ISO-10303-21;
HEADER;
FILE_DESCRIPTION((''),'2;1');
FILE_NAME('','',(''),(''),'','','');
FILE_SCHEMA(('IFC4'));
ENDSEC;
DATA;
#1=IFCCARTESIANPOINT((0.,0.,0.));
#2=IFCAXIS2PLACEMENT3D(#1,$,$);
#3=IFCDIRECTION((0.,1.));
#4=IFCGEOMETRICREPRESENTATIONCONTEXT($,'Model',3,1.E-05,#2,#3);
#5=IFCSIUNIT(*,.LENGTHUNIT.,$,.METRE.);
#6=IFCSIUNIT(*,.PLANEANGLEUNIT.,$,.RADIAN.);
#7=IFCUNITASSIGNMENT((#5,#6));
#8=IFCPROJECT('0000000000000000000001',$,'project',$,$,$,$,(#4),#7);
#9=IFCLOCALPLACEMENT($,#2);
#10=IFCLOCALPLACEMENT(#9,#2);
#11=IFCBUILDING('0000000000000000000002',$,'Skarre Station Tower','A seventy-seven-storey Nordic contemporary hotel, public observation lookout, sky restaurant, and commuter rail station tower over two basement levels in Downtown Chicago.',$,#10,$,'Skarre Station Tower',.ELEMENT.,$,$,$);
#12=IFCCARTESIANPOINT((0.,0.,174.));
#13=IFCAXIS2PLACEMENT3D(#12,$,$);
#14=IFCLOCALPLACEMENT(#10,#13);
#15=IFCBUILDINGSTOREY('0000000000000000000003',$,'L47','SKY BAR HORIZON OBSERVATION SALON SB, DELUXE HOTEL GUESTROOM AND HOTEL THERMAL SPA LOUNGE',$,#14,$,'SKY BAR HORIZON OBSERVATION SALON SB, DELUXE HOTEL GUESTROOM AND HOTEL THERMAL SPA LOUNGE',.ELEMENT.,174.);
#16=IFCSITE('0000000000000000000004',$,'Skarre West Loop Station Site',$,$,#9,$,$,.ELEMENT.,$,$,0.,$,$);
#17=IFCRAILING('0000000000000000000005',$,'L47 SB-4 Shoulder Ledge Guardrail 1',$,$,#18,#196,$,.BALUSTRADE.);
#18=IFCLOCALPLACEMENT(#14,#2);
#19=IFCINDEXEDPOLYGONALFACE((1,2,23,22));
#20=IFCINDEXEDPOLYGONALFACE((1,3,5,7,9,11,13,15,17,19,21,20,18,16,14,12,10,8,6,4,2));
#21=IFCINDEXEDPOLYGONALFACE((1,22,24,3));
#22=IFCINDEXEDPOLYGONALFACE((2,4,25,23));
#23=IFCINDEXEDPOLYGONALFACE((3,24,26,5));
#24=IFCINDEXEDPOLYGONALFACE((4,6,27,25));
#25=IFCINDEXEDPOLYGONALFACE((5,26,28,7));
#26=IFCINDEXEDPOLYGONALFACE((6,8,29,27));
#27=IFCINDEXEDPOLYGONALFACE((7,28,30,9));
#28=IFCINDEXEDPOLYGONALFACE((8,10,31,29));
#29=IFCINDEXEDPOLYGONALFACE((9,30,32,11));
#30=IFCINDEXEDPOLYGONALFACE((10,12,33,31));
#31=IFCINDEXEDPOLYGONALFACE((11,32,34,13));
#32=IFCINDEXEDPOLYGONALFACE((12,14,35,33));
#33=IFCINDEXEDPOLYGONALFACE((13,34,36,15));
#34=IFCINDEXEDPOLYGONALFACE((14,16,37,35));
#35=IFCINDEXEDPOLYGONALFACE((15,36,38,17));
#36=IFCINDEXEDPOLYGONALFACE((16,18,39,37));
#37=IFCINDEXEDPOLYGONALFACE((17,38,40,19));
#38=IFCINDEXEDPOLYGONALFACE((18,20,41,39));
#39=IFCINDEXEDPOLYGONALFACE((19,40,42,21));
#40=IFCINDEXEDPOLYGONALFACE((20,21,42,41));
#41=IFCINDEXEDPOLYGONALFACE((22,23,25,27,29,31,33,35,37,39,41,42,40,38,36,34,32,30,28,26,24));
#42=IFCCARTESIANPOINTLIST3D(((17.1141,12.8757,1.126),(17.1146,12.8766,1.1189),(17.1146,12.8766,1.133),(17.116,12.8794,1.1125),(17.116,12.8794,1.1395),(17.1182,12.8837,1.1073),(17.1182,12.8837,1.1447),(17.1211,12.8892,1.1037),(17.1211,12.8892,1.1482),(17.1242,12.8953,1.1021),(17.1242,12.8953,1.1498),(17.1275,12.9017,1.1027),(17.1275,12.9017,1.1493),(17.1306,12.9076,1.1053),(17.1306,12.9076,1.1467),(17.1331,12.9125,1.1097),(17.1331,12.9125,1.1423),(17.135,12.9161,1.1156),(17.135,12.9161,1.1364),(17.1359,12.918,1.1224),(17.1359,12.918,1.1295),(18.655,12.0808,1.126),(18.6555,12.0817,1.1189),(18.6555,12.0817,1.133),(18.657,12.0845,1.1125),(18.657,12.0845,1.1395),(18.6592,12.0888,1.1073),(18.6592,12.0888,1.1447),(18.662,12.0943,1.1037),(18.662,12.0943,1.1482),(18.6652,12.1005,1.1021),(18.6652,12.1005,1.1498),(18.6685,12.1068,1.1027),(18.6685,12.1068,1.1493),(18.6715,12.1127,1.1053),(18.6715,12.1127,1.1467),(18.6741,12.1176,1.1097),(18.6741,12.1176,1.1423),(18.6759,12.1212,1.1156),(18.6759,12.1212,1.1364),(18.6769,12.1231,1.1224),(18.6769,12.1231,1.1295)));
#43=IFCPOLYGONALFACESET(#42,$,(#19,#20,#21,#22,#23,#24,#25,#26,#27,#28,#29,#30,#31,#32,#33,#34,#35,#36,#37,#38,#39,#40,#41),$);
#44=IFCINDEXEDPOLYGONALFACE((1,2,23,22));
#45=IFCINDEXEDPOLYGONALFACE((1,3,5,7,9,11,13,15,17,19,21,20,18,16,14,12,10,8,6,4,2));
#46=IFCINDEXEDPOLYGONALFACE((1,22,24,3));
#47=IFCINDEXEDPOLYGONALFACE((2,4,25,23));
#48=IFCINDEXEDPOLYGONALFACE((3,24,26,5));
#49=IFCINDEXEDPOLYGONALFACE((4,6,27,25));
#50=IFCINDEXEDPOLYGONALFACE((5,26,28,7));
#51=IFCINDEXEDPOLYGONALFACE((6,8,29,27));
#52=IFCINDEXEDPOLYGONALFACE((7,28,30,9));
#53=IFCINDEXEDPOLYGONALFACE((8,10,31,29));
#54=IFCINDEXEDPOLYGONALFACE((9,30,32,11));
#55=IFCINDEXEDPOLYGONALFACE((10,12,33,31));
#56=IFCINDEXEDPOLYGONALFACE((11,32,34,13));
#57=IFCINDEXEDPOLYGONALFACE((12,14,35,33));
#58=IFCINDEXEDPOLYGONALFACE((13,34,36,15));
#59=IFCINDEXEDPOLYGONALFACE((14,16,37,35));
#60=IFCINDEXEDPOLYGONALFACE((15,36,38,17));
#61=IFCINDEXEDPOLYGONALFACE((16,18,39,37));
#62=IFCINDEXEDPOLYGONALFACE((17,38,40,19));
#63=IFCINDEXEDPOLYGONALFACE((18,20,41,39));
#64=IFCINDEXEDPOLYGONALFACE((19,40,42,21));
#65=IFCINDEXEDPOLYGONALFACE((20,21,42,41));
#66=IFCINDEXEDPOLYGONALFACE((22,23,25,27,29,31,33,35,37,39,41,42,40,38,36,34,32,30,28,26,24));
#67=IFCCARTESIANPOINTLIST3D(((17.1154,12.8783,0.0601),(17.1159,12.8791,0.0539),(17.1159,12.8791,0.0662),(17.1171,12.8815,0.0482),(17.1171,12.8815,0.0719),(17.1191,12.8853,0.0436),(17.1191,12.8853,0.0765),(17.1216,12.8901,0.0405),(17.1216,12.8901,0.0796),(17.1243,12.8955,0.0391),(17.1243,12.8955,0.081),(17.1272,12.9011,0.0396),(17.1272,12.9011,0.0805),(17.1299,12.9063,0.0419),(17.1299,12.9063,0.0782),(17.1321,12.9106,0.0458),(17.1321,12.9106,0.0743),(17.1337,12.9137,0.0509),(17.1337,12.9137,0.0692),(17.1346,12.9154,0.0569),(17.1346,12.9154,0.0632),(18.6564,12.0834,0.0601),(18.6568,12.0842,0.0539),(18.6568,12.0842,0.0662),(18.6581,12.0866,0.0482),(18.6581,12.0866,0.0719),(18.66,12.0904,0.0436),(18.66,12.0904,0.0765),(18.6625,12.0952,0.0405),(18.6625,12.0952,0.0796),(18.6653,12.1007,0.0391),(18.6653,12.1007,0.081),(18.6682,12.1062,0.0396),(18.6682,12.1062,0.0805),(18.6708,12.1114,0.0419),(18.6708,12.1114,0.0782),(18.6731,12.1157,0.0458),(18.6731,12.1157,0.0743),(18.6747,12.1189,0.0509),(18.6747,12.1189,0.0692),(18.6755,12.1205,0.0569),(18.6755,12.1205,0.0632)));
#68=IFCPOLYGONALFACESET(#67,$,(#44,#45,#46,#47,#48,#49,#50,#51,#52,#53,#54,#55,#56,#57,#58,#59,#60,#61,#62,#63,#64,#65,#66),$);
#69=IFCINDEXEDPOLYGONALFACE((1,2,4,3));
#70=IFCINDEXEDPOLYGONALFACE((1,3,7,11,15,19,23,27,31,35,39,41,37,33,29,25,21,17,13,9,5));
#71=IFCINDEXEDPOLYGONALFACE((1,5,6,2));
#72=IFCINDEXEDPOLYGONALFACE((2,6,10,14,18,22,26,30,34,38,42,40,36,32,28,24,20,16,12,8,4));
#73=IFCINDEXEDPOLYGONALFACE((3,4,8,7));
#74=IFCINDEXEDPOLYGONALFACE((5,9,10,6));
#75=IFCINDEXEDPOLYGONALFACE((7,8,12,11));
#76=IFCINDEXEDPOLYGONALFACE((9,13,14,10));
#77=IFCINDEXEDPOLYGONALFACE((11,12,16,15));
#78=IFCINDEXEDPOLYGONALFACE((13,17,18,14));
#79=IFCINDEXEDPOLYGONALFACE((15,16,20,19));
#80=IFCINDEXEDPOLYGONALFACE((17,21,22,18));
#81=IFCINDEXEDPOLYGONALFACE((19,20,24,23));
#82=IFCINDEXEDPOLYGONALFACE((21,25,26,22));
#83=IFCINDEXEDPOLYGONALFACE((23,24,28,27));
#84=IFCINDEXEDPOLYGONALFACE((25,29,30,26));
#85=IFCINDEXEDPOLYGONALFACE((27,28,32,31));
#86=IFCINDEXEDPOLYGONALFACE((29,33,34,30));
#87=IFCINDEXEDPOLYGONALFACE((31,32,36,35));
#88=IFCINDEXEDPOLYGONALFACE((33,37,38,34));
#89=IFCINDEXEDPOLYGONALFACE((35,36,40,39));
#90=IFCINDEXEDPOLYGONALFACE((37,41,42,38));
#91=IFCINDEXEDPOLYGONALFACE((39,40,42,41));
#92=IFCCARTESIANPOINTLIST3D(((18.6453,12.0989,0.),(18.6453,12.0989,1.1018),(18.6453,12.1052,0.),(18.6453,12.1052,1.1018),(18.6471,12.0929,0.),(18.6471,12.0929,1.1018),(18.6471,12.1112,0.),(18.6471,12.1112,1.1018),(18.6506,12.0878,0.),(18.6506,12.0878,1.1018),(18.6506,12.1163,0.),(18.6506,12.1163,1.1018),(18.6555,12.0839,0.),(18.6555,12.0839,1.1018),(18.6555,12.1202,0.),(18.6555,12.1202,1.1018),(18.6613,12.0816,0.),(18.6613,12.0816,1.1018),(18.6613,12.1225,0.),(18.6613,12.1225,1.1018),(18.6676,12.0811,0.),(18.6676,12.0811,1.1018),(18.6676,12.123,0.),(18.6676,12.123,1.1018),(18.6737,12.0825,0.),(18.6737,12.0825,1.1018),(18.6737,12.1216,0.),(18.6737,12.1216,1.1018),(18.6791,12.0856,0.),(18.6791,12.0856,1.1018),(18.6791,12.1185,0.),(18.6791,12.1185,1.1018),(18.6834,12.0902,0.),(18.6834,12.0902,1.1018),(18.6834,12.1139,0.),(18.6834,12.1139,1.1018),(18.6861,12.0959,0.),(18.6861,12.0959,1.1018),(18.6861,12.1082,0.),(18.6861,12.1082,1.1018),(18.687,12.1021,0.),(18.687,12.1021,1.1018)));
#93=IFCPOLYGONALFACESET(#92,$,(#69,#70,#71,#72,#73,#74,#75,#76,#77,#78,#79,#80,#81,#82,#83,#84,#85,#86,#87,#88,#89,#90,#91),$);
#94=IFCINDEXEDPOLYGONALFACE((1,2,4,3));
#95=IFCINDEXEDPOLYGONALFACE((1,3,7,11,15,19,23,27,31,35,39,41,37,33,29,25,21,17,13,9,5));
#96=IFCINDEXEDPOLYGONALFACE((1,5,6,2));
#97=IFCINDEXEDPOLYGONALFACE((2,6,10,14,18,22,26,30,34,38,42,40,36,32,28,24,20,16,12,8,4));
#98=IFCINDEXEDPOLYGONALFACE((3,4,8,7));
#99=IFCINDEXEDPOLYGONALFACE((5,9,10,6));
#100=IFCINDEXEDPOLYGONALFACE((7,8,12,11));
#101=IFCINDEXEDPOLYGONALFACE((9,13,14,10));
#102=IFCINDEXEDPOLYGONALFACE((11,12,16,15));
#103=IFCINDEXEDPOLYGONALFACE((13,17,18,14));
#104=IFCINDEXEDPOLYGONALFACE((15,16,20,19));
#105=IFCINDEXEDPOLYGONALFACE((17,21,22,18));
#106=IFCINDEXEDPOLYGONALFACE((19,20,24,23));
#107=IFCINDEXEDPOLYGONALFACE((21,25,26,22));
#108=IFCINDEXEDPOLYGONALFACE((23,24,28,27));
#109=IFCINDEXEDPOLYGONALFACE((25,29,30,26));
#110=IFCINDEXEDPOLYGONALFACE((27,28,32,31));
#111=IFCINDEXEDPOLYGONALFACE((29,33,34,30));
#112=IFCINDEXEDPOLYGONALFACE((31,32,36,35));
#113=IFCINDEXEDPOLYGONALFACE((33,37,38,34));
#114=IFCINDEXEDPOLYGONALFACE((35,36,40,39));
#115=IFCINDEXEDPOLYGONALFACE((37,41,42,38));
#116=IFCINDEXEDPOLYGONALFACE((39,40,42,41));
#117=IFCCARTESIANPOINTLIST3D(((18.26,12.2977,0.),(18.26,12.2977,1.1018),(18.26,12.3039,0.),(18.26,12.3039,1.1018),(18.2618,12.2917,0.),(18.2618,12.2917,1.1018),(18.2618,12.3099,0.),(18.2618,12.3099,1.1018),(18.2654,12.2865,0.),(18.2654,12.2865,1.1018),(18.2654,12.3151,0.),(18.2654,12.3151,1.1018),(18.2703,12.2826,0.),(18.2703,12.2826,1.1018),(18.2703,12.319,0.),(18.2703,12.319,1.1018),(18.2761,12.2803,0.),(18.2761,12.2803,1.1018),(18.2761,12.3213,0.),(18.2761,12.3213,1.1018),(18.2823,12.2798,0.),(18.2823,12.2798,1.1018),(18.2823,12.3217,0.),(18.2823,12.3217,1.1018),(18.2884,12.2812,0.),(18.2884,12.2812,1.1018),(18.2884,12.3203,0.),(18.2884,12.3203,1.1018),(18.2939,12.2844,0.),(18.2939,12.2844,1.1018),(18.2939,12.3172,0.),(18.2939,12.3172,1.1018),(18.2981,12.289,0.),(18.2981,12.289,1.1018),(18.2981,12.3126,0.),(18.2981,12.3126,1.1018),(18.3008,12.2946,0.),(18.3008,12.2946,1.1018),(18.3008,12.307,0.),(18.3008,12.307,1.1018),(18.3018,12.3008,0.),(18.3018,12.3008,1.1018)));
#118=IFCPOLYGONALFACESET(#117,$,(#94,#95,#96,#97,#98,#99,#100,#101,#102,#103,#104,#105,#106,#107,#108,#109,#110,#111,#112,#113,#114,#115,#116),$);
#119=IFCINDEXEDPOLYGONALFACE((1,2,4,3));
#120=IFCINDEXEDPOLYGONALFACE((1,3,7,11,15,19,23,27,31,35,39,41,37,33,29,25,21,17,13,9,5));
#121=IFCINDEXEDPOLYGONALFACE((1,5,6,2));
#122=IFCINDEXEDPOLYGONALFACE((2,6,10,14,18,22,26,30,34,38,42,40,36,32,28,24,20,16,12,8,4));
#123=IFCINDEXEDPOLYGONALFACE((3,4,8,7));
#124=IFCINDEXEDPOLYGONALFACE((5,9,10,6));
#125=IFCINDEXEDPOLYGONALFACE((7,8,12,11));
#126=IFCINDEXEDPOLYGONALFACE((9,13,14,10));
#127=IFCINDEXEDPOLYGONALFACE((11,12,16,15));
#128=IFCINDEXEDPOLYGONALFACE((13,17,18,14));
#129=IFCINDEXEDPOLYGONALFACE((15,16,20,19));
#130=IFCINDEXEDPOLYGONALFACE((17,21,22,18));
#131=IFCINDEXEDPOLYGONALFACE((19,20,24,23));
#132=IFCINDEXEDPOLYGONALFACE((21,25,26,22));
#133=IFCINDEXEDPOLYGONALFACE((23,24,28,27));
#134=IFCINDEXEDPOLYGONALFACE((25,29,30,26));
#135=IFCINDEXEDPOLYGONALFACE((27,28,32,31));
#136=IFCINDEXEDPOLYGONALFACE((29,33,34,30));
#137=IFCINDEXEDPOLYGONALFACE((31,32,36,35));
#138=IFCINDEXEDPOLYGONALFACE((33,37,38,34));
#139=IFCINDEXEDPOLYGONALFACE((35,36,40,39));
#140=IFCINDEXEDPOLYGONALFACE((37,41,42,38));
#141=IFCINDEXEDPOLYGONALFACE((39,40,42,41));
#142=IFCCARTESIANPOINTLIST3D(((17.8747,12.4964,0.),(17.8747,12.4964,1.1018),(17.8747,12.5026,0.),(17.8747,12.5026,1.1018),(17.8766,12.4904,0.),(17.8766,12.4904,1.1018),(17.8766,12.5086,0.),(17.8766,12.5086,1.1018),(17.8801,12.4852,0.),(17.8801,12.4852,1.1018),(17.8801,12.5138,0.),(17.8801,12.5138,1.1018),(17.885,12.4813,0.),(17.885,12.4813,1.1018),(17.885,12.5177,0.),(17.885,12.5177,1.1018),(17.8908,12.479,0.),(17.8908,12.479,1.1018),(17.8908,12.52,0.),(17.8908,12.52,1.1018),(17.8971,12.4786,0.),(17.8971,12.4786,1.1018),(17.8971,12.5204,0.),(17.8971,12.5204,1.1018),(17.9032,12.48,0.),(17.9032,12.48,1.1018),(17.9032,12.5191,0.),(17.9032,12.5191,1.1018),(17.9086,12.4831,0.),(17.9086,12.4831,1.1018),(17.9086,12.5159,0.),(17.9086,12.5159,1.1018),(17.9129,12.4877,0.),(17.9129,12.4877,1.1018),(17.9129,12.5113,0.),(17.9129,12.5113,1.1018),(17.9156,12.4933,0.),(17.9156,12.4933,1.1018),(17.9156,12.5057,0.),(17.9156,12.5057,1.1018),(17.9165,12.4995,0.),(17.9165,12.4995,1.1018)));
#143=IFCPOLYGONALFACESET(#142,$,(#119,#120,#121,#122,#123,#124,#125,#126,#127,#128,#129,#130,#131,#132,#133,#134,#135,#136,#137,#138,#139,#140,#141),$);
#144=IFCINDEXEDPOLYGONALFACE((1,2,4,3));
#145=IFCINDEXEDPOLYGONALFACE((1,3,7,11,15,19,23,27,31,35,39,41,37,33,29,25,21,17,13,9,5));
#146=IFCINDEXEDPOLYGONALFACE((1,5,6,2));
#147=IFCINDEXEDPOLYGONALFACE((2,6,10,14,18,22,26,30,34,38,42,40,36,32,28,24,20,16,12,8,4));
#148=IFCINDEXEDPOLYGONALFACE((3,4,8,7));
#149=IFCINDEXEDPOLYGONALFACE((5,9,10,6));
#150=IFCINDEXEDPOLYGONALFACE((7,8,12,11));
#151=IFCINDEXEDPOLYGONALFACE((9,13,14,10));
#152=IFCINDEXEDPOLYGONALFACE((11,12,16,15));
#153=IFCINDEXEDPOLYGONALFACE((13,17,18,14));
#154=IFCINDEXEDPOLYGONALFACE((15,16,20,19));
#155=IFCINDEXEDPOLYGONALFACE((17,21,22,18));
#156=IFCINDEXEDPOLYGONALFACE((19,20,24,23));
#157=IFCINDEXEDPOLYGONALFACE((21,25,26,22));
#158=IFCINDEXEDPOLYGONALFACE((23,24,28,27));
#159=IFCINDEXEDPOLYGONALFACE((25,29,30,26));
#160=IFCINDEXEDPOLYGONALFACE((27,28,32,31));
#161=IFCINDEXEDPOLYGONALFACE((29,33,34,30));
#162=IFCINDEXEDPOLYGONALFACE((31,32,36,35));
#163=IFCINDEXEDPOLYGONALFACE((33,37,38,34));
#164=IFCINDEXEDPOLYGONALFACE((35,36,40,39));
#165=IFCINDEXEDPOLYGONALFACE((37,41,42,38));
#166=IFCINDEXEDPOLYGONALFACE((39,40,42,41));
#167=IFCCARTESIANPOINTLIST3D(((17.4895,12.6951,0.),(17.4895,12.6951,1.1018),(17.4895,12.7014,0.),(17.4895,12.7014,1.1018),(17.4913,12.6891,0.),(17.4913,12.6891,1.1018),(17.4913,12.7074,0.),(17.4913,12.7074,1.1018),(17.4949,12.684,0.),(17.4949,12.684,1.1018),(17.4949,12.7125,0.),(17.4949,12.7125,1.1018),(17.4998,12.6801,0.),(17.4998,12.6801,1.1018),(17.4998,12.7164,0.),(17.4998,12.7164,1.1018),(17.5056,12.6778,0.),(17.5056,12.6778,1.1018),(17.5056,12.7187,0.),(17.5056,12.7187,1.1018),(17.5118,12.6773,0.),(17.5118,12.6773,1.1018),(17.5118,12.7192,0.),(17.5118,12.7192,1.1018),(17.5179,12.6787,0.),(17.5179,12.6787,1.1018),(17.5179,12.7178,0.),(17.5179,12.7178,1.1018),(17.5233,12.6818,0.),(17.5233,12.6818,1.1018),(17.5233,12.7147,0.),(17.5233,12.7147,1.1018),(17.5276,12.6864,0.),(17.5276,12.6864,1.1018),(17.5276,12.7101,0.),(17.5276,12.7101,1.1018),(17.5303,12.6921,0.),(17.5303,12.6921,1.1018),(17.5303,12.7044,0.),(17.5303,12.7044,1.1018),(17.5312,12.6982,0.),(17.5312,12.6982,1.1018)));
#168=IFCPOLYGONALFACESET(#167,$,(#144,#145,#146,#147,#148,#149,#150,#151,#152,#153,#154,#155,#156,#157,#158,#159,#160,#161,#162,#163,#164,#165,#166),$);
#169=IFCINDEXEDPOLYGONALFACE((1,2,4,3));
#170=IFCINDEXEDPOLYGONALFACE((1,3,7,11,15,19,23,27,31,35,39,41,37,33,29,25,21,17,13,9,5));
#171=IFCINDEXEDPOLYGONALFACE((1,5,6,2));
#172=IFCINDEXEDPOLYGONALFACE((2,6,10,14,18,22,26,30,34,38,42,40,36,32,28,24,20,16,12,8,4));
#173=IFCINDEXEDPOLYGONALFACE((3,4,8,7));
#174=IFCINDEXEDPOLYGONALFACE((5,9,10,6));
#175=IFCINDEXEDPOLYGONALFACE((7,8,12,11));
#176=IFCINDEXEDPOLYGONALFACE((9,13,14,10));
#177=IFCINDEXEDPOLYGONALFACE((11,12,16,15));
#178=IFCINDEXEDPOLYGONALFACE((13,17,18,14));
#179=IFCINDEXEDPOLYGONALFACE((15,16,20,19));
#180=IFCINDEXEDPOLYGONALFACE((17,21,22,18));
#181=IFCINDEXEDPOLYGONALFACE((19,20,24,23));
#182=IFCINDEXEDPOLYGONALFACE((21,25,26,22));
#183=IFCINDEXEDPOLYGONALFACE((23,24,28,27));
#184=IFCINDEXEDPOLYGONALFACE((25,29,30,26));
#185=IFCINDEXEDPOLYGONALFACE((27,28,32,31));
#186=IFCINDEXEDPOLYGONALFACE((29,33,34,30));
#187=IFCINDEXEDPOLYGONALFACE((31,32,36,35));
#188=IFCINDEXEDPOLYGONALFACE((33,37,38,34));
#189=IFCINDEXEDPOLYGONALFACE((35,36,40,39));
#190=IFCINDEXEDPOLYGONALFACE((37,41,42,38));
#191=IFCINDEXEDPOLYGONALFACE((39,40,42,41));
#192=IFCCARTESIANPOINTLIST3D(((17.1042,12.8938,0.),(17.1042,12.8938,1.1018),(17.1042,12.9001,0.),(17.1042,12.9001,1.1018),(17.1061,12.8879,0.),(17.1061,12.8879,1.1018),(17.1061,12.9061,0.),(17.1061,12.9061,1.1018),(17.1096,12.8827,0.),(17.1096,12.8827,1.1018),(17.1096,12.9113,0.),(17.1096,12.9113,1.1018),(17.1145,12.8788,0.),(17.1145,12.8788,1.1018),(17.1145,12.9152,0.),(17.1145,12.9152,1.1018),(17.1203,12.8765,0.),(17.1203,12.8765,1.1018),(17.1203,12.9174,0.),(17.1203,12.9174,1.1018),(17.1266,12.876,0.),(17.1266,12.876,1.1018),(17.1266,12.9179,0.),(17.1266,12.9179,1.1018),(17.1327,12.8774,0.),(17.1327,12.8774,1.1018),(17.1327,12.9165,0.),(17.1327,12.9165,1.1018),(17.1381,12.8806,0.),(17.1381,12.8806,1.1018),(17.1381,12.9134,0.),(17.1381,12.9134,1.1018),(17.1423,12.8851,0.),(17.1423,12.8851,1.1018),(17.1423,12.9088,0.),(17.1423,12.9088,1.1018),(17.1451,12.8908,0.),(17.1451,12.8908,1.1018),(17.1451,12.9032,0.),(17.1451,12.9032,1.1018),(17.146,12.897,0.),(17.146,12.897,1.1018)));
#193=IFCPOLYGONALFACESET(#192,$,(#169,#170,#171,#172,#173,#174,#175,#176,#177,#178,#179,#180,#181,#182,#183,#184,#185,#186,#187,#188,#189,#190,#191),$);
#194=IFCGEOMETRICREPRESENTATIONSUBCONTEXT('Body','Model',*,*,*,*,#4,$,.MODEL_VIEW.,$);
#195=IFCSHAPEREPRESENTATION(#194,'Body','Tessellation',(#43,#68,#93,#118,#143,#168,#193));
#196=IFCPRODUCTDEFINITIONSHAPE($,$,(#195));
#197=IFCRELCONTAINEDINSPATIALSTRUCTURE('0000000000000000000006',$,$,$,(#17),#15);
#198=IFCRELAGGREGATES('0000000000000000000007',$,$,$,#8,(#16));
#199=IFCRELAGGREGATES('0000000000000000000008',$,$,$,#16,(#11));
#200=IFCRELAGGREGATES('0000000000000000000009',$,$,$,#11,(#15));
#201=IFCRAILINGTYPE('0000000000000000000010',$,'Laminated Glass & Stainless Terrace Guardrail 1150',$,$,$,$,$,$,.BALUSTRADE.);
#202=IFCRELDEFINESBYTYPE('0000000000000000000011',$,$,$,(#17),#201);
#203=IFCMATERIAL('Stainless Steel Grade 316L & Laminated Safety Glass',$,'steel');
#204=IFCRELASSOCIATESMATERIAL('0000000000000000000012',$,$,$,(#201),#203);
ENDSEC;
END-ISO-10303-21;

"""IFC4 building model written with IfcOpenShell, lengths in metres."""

from ifc_helpers import new_model, si_unit, direction, frame, origin, origin_2d, place, context, subcontext, project, spatial, circle, extrude, material, type_object, element, save


model = new_model("IFC4")

# Units and contexts
model_context = context("Model", 3, precision=1e-05, world=origin(), true_north=direction((0.0, 1.0)))
body_context = subcontext(model_context, "Body", "Model", "MODEL_VIEW")
ifc_project = project(units=[si_unit("LENGTHUNIT", "METRE"), si_unit("PLANEANGLEUNIT", "RADIAN")], contexts=[model_context])

# Site, building, storey
site_placement = place(None, origin())
site = spatial("IfcSite", under=ifc_project, at=site_placement, Name="Skarre West Loop Station Site", CompositionType="ELEMENT", RefElevation=0.0)
building_placement = place(site_placement, origin())
building = spatial("IfcBuilding", under=site, at=building_placement, Name="Skarre Station Tower", Description="A seventy-seven-storey Nordic contemporary hotel, public observation lookout, sky restaurant, and commuter rail station tower over two basement levels in Downtown Chicago.", LongName="Skarre Station Tower", CompositionType="ELEMENT")
storey_placement = place(building_placement, frame((0.0, 0.0, 174.0)))
storey = spatial("IfcBuildingStorey", under=building, at=storey_placement, Name="L47", Description="SKY BAR HORIZON OBSERVATION SALON SB, DELUXE HOTEL GUESTROOM AND HOTEL THERMAL SPA LOUNGE", LongName="SKY BAR HORIZON OBSERVATION SALON SB, DELUXE HOTEL GUESTROOM AND HOTEL THERMAL SPA LOUNGE", CompositionType="ELEMENT", Elevation=174.0)

# Railing
ifc_material_1 = material(Name="Stainless Steel Grade 316L & Laminated Safety Glass", Category="steel")
railing_type = type_object("IfcRailingType", Name="Laminated Glass & Stainless Terrace Guardrail 1150", PredefinedType="BALUSTRADE", material=ifc_material_1)
railing_placement = place(storey_placement, frame((18.666, 12.1021, 0.0)))
element("IfcRailing", 1, at=railing_placement, inside=storey, type_object=railing_type, Name="L47 SB-4 Shoulder Ledge Guardrail 1", PredefinedType="BALUSTRADE", context=body_context, shape_type="SweptSolid", body=[
    extrude(circle(Radius=0.0239, at=origin_2d()), frame((0.0, 0.0, 1.126), z_axis=(-0.888724, 0.458442, 0.0), x_axis=(-0.458442, -0.888724, 0.0)), (0.0, 0.0, 1.0), 1.7339),
    extrude(circle(Radius=0.021, at=origin_2d()), frame((0.0, 0.0, 0.0601), z_axis=(-0.888724, 0.458442, 0.0), x_axis=(-0.458442, -0.888724, 0.0)), (0.0, 0.0, 1.0), 1.7339),
    extrude(circle(Radius=0.021, at=origin_2d()), origin(), (0.0, 0.0, 1.0), 1.1018),
    extrude(circle(Radius=0.021, at=origin_2d()), frame((-0.3853, 0.1987, 0.0)), (0.0, 0.0, 1.0), 1.1018),
    extrude(circle(Radius=0.021, at=origin_2d()), frame((-0.7705, 0.3975, 0.0)), (0.0, 0.0, 1.0), 1.1018),
    extrude(circle(Radius=0.021, at=origin_2d()), frame((-1.1558, 0.5962, 0.0)), (0.0, 0.0, 1.0), 1.1018),
    extrude(circle(Radius=0.021, at=origin_2d()), frame((-1.541, 0.7949, 0.0)), (0.0, 0.0, 1.0), 1.1018),
])

save(model, "model.ifc")
